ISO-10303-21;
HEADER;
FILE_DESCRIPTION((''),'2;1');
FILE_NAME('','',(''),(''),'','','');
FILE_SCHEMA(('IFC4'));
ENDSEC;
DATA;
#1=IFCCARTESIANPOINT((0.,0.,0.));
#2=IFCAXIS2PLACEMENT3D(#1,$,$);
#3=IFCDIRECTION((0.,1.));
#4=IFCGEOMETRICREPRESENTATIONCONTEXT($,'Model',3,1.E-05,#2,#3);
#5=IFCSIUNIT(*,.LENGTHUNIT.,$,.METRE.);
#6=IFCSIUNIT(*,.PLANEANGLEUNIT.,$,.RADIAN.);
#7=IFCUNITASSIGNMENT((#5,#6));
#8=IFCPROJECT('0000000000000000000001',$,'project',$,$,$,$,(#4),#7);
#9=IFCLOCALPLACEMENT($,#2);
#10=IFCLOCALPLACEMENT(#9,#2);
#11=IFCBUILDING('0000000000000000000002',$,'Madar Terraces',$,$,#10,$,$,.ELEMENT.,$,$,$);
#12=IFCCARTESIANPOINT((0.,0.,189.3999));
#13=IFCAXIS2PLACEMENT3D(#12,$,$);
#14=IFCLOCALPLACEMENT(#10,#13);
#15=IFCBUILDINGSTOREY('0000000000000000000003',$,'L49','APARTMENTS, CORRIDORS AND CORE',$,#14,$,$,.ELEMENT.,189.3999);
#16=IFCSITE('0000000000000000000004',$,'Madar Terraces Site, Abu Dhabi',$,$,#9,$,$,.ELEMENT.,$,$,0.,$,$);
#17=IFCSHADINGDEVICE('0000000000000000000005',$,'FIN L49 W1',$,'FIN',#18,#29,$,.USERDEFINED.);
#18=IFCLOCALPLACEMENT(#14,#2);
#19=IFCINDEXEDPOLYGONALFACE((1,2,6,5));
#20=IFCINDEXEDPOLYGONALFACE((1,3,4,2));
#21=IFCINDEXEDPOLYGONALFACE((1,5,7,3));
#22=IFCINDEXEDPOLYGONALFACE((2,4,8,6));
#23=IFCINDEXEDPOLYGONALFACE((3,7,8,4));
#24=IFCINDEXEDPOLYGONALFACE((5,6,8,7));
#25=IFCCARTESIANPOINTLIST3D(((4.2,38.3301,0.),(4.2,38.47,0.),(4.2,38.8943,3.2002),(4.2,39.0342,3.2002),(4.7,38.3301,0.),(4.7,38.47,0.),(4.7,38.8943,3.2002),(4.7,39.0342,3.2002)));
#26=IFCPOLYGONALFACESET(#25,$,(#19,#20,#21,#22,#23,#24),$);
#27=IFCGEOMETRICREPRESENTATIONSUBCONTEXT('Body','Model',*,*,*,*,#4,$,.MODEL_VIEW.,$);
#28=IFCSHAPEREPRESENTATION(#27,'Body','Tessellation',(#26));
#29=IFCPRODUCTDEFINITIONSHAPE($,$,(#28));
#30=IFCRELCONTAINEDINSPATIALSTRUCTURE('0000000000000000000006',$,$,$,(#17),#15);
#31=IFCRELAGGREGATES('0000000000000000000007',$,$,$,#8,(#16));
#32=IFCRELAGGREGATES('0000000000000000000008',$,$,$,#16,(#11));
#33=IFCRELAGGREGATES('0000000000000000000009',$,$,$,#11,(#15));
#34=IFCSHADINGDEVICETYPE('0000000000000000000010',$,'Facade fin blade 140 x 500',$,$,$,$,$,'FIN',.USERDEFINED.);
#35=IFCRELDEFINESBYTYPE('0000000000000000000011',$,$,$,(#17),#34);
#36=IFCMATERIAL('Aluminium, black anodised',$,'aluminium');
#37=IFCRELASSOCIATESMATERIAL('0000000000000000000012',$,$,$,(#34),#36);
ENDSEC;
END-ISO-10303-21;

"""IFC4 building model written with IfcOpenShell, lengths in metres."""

from ifc_helpers import new_model, si_unit, direction, frame, origin, place, context, subcontext, project, spatial, polyline, outline, extrude, material, type_object, element, save


model = new_model("IFC4")

# Units and contexts
model_context = context("Model", 3, precision=1e-05, world=origin(), true_north=direction((0.0, 1.0)))
body_context = subcontext(model_context, "Body", "Model", "MODEL_VIEW")
ifc_project = project(units=[si_unit("LENGTHUNIT", "METRE"), si_unit("PLANEANGLEUNIT", "RADIAN")], contexts=[model_context])

# Site, building, storey
site_placement = place(None, origin())
site = spatial("IfcSite", under=ifc_project, at=site_placement, Name="Madar Terraces Site, Abu Dhabi", CompositionType="ELEMENT", RefElevation=0.0)
building_placement = place(site_placement, origin())
building = spatial("IfcBuilding", under=site, at=building_placement, Name="Madar Terraces", CompositionType="ELEMENT")
storey_placement = place(building_placement, frame((0.0, 0.0, 189.3999)))
storey = spatial("IfcBuildingStorey", under=building, at=storey_placement, Name="L49", Description="APARTMENTS, CORRIDORS AND CORE", CompositionType="ELEMENT", Elevation=189.3999)

# Shading device
ifc_material_1 = material(Name="Aluminium, black anodised", Category="aluminium")
shading_device_type = type_object("IfcShadingDeviceType", Name="Facade fin blade 140 x 500", ElementType="FIN", PredefinedType="USERDEFINED", material=ifc_material_1)
shading_device_placement = place(storey_placement, frame((4.45, 38.47, 0.0), z_axis=(0.0, 0.0, 1.0), x_axis=(0.0, -1.0, 0.0)))
element("IfcShadingDevice", 1, at=shading_device_placement, inside=storey, type_object=shading_device_type, Name="FIN L49 W1", ObjectType="FIN", PredefinedType="USERDEFINED", context=body_context, shape_type="SweptSolid", body=[
    extrude(outline(polyline([(0.0, 0.0), (0.1399, 0.0), (-0.4243, 3.2002), (-0.5642, 3.2002), (0.0, 0.0)])), frame((0.0, 0.25, 0.0), z_axis=(0.0, -1.0, 0.0), x_axis=(1.0, 0.0, 0.0)), (0.0, 0.0, 1.0), 0.5),
])

save(model, "model.ifc")
